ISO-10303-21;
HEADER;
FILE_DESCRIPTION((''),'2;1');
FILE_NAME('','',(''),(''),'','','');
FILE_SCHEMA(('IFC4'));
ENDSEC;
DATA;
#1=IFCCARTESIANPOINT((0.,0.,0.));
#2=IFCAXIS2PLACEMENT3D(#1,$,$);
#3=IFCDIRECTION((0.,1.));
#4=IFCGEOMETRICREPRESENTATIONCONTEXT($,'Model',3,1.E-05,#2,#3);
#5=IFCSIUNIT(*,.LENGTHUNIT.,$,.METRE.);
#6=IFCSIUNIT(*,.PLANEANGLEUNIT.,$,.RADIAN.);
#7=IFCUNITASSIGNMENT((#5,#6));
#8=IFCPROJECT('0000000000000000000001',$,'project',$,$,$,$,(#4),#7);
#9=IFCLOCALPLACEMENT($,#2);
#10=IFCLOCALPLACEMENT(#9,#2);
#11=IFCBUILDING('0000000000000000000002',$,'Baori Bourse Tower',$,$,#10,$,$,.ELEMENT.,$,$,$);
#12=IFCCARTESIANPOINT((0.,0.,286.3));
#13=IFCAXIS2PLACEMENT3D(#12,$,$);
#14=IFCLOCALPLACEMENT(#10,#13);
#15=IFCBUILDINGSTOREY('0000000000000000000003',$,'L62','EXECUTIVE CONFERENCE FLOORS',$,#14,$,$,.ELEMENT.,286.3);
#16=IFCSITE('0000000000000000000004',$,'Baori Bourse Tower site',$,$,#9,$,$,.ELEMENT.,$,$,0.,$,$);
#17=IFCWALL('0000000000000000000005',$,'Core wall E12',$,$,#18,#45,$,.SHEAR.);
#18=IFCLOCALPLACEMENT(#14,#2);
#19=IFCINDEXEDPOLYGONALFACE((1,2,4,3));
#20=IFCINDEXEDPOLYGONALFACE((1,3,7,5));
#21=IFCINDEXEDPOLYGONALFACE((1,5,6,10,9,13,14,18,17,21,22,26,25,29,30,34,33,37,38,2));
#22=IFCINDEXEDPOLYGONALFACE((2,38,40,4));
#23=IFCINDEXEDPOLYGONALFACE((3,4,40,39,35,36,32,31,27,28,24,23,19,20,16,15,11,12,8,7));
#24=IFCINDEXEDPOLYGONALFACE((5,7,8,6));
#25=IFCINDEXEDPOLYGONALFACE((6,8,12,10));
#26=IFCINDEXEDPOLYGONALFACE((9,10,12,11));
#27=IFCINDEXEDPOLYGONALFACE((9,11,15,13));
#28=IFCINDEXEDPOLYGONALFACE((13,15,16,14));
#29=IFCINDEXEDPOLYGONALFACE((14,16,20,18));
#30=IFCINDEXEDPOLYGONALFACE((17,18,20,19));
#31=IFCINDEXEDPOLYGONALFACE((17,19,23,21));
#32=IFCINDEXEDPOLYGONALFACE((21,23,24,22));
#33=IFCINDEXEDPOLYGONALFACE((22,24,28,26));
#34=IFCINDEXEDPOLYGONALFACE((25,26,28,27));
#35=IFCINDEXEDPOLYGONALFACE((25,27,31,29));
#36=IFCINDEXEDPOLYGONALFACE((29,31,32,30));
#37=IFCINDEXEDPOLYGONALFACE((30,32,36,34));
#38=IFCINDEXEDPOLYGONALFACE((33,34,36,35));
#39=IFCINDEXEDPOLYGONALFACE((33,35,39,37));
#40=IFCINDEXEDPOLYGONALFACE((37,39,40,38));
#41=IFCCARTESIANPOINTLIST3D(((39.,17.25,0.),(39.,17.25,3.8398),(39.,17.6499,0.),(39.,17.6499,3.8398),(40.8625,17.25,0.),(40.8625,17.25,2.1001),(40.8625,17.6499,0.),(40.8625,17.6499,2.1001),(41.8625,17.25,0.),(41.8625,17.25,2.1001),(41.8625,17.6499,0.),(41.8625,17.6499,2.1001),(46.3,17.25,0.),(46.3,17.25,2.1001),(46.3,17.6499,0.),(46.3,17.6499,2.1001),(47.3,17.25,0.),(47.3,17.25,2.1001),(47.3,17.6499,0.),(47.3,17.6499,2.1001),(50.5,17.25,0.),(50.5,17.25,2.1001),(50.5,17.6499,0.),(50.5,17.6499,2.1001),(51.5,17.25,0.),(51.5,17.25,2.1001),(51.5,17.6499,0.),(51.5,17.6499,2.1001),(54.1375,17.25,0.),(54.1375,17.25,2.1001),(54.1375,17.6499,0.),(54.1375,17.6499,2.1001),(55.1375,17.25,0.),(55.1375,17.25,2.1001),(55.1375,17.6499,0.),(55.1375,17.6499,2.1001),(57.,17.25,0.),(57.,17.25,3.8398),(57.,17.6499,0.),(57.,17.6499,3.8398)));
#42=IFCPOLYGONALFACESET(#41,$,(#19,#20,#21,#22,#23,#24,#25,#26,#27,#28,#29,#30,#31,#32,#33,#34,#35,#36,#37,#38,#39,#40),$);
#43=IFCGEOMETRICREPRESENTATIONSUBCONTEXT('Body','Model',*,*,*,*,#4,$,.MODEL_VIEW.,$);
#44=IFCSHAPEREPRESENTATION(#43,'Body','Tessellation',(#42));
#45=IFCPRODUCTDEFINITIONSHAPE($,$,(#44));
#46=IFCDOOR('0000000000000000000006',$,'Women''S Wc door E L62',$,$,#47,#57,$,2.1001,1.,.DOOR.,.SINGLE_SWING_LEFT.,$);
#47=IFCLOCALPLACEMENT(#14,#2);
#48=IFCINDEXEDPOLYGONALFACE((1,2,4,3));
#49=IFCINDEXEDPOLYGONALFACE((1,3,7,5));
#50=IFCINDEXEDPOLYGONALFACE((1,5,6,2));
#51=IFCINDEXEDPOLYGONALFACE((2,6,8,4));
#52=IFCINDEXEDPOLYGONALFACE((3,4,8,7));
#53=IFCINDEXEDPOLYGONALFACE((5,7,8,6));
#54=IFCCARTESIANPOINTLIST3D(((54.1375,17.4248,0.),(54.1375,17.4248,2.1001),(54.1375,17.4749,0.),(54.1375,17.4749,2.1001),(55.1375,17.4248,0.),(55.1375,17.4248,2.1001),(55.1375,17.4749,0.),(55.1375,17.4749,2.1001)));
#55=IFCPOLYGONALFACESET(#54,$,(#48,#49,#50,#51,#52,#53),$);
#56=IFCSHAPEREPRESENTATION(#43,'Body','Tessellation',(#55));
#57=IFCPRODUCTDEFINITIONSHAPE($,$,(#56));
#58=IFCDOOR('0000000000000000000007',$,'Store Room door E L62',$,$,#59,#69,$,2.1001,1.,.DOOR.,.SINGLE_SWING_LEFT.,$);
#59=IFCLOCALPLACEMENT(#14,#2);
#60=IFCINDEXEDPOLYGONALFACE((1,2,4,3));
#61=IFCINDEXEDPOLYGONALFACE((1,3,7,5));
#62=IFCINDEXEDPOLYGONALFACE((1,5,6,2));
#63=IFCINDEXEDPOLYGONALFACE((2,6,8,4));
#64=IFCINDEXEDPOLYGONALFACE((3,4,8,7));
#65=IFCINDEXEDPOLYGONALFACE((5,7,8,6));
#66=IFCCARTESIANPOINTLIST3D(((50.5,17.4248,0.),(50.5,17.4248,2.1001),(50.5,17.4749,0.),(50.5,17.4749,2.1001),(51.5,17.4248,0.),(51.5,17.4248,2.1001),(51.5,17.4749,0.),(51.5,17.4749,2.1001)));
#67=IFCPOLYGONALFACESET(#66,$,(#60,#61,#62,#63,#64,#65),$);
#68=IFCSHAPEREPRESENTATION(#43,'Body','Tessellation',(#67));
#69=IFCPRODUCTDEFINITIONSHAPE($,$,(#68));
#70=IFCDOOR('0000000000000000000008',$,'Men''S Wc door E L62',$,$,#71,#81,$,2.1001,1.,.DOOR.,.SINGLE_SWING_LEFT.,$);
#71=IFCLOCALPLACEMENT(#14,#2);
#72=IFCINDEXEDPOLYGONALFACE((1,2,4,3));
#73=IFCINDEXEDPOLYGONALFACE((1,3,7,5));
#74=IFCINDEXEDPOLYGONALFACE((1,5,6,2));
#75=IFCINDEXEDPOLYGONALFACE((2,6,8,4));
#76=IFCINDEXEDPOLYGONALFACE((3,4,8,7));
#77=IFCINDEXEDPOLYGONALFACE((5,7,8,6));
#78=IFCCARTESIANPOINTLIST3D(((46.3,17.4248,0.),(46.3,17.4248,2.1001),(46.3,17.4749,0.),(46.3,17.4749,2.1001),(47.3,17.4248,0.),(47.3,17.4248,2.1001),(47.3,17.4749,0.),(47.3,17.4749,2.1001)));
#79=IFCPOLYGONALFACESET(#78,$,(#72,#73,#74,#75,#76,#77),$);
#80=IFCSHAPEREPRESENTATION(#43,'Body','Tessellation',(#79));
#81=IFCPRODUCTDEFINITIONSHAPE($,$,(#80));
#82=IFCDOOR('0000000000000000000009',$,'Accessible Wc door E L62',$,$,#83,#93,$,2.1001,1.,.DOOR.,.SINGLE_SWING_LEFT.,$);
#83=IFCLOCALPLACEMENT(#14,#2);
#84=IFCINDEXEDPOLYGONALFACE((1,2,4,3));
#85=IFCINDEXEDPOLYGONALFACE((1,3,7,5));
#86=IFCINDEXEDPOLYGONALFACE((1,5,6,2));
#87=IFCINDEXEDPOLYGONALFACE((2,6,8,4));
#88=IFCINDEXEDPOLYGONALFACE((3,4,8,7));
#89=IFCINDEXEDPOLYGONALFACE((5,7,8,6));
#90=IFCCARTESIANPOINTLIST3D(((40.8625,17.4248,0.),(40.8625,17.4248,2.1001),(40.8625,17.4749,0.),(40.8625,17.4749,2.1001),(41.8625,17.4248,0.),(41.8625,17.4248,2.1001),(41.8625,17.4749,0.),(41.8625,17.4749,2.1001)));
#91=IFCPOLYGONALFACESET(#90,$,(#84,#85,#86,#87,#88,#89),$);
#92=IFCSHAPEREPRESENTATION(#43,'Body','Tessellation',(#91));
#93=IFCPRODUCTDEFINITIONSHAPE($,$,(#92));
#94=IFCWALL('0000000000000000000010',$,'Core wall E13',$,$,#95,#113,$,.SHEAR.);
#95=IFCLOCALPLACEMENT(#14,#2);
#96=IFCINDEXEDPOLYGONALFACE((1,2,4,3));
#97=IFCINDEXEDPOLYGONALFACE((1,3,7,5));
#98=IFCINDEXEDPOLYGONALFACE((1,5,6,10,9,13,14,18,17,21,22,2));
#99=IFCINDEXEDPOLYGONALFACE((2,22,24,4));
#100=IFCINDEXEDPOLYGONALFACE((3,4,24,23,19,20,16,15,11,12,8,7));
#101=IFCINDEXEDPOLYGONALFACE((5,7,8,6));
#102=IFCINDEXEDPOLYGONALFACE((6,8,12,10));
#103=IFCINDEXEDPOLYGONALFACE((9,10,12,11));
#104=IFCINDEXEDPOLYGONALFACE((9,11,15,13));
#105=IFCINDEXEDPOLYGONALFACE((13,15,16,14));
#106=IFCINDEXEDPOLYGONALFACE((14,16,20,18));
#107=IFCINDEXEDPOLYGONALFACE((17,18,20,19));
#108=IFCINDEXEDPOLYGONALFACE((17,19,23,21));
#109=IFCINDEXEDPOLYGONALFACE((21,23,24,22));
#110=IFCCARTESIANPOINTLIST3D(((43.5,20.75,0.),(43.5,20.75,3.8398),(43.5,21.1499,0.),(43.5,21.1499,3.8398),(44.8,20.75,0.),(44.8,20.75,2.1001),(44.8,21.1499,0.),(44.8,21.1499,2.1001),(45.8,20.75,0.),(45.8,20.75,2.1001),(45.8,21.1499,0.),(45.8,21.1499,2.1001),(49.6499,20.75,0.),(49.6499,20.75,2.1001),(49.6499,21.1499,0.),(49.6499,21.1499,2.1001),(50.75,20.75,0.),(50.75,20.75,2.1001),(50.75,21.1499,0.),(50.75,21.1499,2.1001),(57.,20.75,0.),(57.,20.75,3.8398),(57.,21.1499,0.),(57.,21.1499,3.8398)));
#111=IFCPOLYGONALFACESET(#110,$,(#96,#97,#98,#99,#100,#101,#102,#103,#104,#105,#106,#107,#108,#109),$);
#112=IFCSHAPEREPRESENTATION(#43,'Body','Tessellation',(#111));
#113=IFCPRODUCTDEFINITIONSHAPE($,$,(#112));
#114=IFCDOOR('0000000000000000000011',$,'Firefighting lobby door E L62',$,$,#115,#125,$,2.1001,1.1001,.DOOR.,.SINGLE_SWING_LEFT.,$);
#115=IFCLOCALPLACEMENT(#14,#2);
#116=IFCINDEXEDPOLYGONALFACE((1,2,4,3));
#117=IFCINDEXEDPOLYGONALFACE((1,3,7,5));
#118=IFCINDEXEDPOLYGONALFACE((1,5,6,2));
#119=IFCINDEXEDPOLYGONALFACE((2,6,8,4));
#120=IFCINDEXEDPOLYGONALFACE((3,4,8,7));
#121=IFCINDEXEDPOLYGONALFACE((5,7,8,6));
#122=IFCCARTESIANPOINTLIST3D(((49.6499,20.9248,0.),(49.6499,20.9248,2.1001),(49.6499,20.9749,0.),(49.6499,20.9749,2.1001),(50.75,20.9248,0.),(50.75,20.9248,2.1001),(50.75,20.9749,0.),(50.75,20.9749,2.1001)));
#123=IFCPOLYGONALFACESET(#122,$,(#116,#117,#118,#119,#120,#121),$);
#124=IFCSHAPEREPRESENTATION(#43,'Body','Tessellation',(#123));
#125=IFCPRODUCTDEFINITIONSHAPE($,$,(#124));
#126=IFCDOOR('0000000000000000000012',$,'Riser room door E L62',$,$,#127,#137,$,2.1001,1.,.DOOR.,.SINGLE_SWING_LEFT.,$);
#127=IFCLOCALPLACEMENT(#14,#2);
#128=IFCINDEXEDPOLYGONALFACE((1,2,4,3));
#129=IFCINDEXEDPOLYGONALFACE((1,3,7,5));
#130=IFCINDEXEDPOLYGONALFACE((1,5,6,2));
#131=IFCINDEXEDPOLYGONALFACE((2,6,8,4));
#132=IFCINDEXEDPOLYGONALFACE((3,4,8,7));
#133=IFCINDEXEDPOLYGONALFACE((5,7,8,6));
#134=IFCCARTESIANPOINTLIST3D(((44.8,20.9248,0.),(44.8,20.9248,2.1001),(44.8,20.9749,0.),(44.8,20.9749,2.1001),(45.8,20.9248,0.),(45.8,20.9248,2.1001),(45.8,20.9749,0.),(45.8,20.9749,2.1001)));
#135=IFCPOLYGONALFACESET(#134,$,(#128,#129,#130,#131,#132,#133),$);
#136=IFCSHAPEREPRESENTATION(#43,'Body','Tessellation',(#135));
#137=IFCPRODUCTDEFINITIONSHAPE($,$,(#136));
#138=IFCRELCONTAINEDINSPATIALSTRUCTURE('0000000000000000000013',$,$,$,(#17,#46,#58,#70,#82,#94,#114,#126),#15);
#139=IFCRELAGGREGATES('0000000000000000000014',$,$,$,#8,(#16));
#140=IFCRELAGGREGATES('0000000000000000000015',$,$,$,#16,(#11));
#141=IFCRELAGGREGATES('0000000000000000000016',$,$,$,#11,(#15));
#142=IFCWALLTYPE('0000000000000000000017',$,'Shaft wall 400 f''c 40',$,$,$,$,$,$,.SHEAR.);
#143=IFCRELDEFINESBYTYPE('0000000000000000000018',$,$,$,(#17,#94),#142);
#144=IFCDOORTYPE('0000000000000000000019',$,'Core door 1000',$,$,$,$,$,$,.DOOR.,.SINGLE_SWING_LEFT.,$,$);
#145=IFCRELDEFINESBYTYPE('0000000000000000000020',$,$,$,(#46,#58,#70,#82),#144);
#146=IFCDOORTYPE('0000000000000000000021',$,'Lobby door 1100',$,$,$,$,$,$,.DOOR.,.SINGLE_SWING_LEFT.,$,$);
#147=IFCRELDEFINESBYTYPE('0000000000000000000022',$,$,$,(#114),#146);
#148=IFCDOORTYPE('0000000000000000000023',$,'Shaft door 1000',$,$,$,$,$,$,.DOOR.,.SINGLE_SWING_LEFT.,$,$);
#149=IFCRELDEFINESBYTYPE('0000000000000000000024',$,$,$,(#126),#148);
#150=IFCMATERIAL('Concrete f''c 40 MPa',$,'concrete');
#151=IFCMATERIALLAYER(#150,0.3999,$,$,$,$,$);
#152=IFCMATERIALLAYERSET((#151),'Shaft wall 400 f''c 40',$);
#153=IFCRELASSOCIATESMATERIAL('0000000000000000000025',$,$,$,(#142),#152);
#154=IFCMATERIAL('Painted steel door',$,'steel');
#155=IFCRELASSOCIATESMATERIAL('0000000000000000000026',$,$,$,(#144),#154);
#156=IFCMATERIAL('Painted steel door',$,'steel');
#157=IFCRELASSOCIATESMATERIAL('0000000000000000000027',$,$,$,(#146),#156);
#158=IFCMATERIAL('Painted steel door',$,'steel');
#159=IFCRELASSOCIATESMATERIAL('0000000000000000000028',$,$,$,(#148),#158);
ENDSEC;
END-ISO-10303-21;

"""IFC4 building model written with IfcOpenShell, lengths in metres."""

from ifc_helpers import new_model, si_unit, direction, frame, frame_2d, origin, place, context, subcontext, project, spatial, rectangle, extrude, material, layer, layer_set, type_object, element, fill, save


model = new_model("IFC4")

# Units and contexts
model_context = context("Model", 3, precision=1e-05, world=origin(), true_north=direction((0.0, 1.0)))
body_context = subcontext(model_context, "Body", "Model", "MODEL_VIEW")
ifc_project = project(units=[si_unit("LENGTHUNIT", "METRE"), si_unit("PLANEANGLEUNIT", "RADIAN")], contexts=[model_context])

# Site, building, storey
site_placement = place(None, origin())
site = spatial("IfcSite", under=ifc_project, at=site_placement, Name="Baori Bourse Tower site", CompositionType="ELEMENT", RefElevation=0.0)
building_placement = place(site_placement, origin())
building = spatial("IfcBuilding", under=site, at=building_placement, Name="Baori Bourse Tower", CompositionType="ELEMENT")
storey_placement = place(building_placement, frame((0.0, 0.0, 286.3)))
storey = spatial("IfcBuildingStorey", under=building, at=storey_placement, Name="L62", Description="EXECUTIVE CONFERENCE FLOORS", CompositionType="ELEMENT", Elevation=286.3)

# Shared definitions
ifc_material_1 = material(Name="Concrete f'c 40 MPa", Category="concrete")
ifc_layer_1 = layer(ifc_material_1, 0.3999)
ifc_layer_set_1 = layer_set([ifc_layer_1], Name="Shaft wall 400 f'c 40")
wall_type_1 = type_object("IfcWallType", Name="Shaft wall 400 f'c 40", PredefinedType="SHEAR", material=ifc_layer_set_1)

# Walls, openings, doors
wall_1_placement = place(storey_placement, frame((39.0, 17.45, 0.0), z_axis=(0.0, 0.0, 1.0), x_axis=(1.0, 0.0, 0.0)))
wall_1 = element("IfcWall", 1, at=wall_1_placement, inside=storey, type_object=wall_type_1, Name="Core wall E12", PredefinedType="SHEAR", context=body_context, shape_type="SweptSolid", body=[
    extrude(rectangle(XDim=18.0, YDim=0.3999, at=frame_2d((9.0, 0.0))), origin(), (0.0, 0.0, 1.0), 3.8398),
])
opening_1_placement = place(wall_1_placement, frame((15.1375, 0.0, 0.0)))
opening_1 = element("IfcOpeningElement", 2, at=opening_1_placement, cuts=wall_1, PredefinedType="OPENING", context=body_context, shape_type="SweptSolid", body=[
    extrude(rectangle(XDim=1.0, YDim=2.1001, at=frame_2d((0.5, 1.05))), frame((0.0, 0.21, 0.0), z_axis=(0.0, -1.0, 0.0), x_axis=(1.0, 0.0, 0.0)), (0.0, 0.0, 1.0), 0.4199),
])
opening_2_placement = place(wall_1_placement, frame((11.5, 0.0, 0.0)))
opening_2 = element("IfcOpeningElement", 3, at=opening_2_placement, cuts=wall_1, PredefinedType="OPENING", context=body_context, shape_type="SweptSolid", body=[
    extrude(rectangle(XDim=1.0, YDim=2.1001, at=frame_2d((0.5, 1.05))), frame((0.0, 0.21, 0.0), z_axis=(0.0, -1.0, 0.0), x_axis=(1.0, 0.0, 0.0)), (0.0, 0.0, 1.0), 0.4199),
])
opening_3_placement = place(wall_1_placement, frame((7.3, 0.0, 0.0)))
opening_3 = element("IfcOpeningElement", 4, at=opening_3_placement, cuts=wall_1, PredefinedType="OPENING", context=body_context, shape_type="SweptSolid", body=[
    extrude(rectangle(XDim=1.0, YDim=2.1001, at=frame_2d((0.5, 1.05))), frame((0.0, 0.21, 0.0), z_axis=(0.0, -1.0, 0.0), x_axis=(1.0, 0.0, 0.0)), (0.0, 0.0, 1.0), 0.4199),
])
opening_4_placement = place(wall_1_placement, frame((1.8625, 0.0, 0.0)))
opening_4 = element("IfcOpeningElement", 5, at=opening_4_placement, cuts=wall_1, PredefinedType="OPENING", context=body_context, shape_type="SweptSolid", body=[
    extrude(rectangle(XDim=1.0, YDim=2.1001, at=frame_2d((0.5, 1.05))), frame((0.0, 0.21, 0.0), z_axis=(0.0, -1.0, 0.0), x_axis=(1.0, 0.0, 0.0)), (0.0, 0.0, 1.0), 0.4199),
])
ifc_material_2 = material(Name="Painted steel door", Category="steel")
door_type_1 = type_object("IfcDoorType", Name="Core door 1000", OperationType="SINGLE_SWING_LEFT", PredefinedType="DOOR", material=ifc_material_2)
door_1_placement = place(opening_1_placement, origin())
door_1 = element("IfcDoor", 6, at=door_1_placement, inside=storey, type_object=door_type_1, Name="Women'S Wc door E L62", OperationType="SINGLE_SWING_LEFT", OverallHeight=2.1001, OverallWidth=1.0, PredefinedType="DOOR", context=body_context, shape_type="SweptSolid", body=[
    extrude(rectangle(XDim=1.0, YDim=2.1001, at=frame_2d((0.5, 1.05))), frame((0.0, 0.0249, 0.0), z_axis=(0.0, -1.0, 0.0), x_axis=(1.0, 0.0, 0.0)), (0.0, 0.0, 1.0), 0.05),
])
fill(opening_1, door_1)
door_2_placement = place(opening_2_placement, origin())
door_2 = element("IfcDoor", 7, at=door_2_placement, inside=storey, type_object=door_type_1, Name="Store Room door E L62", OperationType="SINGLE_SWING_LEFT", OverallHeight=2.1001, OverallWidth=1.0, PredefinedType="DOOR", context=body_context, shape_type="SweptSolid", body=[
    extrude(rectangle(XDim=1.0, YDim=2.1001, at=frame_2d((0.5, 1.05))), frame((0.0, 0.0249, 0.0), z_axis=(0.0, -1.0, 0.0), x_axis=(1.0, 0.0, 0.0)), (0.0, 0.0, 1.0), 0.05),
])
fill(opening_2, door_2)
door_3_placement = place(opening_3_placement, origin())
door_3 = element("IfcDoor", 8, at=door_3_placement, inside=storey, type_object=door_type_1, Name="Men'S Wc door E L62", OperationType="SINGLE_SWING_LEFT", OverallHeight=2.1001, OverallWidth=1.0, PredefinedType="DOOR", context=body_context, shape_type="SweptSolid", body=[
    extrude(rectangle(XDim=1.0, YDim=2.1001, at=frame_2d((0.5, 1.05))), frame((0.0, 0.0249, 0.0), z_axis=(0.0, -1.0, 0.0), x_axis=(1.0, 0.0, 0.0)), (0.0, 0.0, 1.0), 0.05),
])
fill(opening_3, door_3)
door_4_placement = place(opening_4_placement, origin())
door_4 = element("IfcDoor", 9, at=door_4_placement, inside=storey, type_object=door_type_1, Name="Accessible Wc door E L62", OperationType="SINGLE_SWING_LEFT", OverallHeight=2.1001, OverallWidth=1.0, PredefinedType="DOOR", context=body_context, shape_type="SweptSolid", body=[
    extrude(rectangle(XDim=1.0, YDim=2.1001, at=frame_2d((0.5, 1.05))), frame((0.0, 0.0249, 0.0), z_axis=(0.0, -1.0, 0.0), x_axis=(1.0, 0.0, 0.0)), (0.0, 0.0, 1.0), 0.05),
])
fill(opening_4, door_4)
wall_2_placement = place(storey_placement, frame((43.5, 20.95, 0.0), z_axis=(0.0, 0.0, 1.0), x_axis=(1.0, 0.0, 0.0)))
wall_2 = element("IfcWall", 10, at=wall_2_placement, inside=storey, type_object=wall_type_1, Name="Core wall E13", PredefinedType="SHEAR", context=body_context, shape_type="SweptSolid", body=[
    extrude(rectangle(XDim=13.5, YDim=0.3999, at=frame_2d((6.75, 0.0))), origin(), (0.0, 0.0, 1.0), 3.8398),
])
opening_5_placement = place(wall_2_placement, frame((6.1499, 0.0, 0.0)))
opening_5 = element("IfcOpeningElement", 11, at=opening_5_placement, cuts=wall_2, PredefinedType="OPENING", context=body_context, shape_type="SweptSolid", body=[
    extrude(rectangle(XDim=1.1001, YDim=2.1001, at=frame_2d((0.55, 1.05))), frame((0.0, 0.21, 0.0), z_axis=(0.0, -1.0, 0.0), x_axis=(1.0, 0.0, 0.0)), (0.0, 0.0, 1.0), 0.4199),
])
opening_6_placement = place(wall_2_placement, frame((1.3, 0.0, 0.0)))
opening_6 = element("IfcOpeningElement", 12, at=opening_6_placement, cuts=wall_2, PredefinedType="OPENING", context=body_context, shape_type="SweptSolid", body=[
    extrude(rectangle(XDim=1.0, YDim=2.1001, at=frame_2d((0.5, 1.05))), frame((0.0, 0.21, 0.0), z_axis=(0.0, -1.0, 0.0), x_axis=(1.0, 0.0, 0.0)), (0.0, 0.0, 1.0), 0.4199),
])
ifc_material_3 = material(Name="Painted steel door", Category="steel")
door_type_2 = type_object("IfcDoorType", Name="Lobby door 1100", OperationType="SINGLE_SWING_LEFT", PredefinedType="DOOR", material=ifc_material_3)
door_5_placement = place(opening_5_placement, origin())
door_5 = element("IfcDoor", 13, at=door_5_placement, inside=storey, type_object=door_type_2, Name="Firefighting lobby door E L62", OperationType="SINGLE_SWING_LEFT", OverallHeight=2.1001, OverallWidth=1.1001, PredefinedType="DOOR", context=body_context, shape_type="SweptSolid", body=[
    extrude(rectangle(XDim=1.1001, YDim=2.1001, at=frame_2d((0.55, 1.05))), frame((0.0, 0.0249, 0.0), z_axis=(0.0, -1.0, 0.0), x_axis=(1.0, 0.0, 0.0)), (0.0, 0.0, 1.0), 0.05),
])
fill(opening_5, door_5)
ifc_material_4 = material(Name="Painted steel door", Category="steel")
door_type_3 = type_object("IfcDoorType", Name="Shaft door 1000", OperationType="SINGLE_SWING_LEFT", PredefinedType="DOOR", material=ifc_material_4)
door_6_placement = place(opening_6_placement, origin())
door_6 = element("IfcDoor", 14, at=door_6_placement, inside=storey, type_object=door_type_3, Name="Riser room door E L62", OperationType="SINGLE_SWING_LEFT", OverallHeight=2.1001, OverallWidth=1.0, PredefinedType="DOOR", context=body_context, shape_type="SweptSolid", body=[
    extrude(rectangle(XDim=1.0, YDim=2.1001, at=frame_2d((0.5, 1.05))), frame((0.0, 0.0249, 0.0), z_axis=(0.0, -1.0, 0.0), x_axis=(1.0, 0.0, 0.0)), (0.0, 0.0, 1.0), 0.05),
])
fill(opening_6, door_6)

save(model, "model.ifc")
